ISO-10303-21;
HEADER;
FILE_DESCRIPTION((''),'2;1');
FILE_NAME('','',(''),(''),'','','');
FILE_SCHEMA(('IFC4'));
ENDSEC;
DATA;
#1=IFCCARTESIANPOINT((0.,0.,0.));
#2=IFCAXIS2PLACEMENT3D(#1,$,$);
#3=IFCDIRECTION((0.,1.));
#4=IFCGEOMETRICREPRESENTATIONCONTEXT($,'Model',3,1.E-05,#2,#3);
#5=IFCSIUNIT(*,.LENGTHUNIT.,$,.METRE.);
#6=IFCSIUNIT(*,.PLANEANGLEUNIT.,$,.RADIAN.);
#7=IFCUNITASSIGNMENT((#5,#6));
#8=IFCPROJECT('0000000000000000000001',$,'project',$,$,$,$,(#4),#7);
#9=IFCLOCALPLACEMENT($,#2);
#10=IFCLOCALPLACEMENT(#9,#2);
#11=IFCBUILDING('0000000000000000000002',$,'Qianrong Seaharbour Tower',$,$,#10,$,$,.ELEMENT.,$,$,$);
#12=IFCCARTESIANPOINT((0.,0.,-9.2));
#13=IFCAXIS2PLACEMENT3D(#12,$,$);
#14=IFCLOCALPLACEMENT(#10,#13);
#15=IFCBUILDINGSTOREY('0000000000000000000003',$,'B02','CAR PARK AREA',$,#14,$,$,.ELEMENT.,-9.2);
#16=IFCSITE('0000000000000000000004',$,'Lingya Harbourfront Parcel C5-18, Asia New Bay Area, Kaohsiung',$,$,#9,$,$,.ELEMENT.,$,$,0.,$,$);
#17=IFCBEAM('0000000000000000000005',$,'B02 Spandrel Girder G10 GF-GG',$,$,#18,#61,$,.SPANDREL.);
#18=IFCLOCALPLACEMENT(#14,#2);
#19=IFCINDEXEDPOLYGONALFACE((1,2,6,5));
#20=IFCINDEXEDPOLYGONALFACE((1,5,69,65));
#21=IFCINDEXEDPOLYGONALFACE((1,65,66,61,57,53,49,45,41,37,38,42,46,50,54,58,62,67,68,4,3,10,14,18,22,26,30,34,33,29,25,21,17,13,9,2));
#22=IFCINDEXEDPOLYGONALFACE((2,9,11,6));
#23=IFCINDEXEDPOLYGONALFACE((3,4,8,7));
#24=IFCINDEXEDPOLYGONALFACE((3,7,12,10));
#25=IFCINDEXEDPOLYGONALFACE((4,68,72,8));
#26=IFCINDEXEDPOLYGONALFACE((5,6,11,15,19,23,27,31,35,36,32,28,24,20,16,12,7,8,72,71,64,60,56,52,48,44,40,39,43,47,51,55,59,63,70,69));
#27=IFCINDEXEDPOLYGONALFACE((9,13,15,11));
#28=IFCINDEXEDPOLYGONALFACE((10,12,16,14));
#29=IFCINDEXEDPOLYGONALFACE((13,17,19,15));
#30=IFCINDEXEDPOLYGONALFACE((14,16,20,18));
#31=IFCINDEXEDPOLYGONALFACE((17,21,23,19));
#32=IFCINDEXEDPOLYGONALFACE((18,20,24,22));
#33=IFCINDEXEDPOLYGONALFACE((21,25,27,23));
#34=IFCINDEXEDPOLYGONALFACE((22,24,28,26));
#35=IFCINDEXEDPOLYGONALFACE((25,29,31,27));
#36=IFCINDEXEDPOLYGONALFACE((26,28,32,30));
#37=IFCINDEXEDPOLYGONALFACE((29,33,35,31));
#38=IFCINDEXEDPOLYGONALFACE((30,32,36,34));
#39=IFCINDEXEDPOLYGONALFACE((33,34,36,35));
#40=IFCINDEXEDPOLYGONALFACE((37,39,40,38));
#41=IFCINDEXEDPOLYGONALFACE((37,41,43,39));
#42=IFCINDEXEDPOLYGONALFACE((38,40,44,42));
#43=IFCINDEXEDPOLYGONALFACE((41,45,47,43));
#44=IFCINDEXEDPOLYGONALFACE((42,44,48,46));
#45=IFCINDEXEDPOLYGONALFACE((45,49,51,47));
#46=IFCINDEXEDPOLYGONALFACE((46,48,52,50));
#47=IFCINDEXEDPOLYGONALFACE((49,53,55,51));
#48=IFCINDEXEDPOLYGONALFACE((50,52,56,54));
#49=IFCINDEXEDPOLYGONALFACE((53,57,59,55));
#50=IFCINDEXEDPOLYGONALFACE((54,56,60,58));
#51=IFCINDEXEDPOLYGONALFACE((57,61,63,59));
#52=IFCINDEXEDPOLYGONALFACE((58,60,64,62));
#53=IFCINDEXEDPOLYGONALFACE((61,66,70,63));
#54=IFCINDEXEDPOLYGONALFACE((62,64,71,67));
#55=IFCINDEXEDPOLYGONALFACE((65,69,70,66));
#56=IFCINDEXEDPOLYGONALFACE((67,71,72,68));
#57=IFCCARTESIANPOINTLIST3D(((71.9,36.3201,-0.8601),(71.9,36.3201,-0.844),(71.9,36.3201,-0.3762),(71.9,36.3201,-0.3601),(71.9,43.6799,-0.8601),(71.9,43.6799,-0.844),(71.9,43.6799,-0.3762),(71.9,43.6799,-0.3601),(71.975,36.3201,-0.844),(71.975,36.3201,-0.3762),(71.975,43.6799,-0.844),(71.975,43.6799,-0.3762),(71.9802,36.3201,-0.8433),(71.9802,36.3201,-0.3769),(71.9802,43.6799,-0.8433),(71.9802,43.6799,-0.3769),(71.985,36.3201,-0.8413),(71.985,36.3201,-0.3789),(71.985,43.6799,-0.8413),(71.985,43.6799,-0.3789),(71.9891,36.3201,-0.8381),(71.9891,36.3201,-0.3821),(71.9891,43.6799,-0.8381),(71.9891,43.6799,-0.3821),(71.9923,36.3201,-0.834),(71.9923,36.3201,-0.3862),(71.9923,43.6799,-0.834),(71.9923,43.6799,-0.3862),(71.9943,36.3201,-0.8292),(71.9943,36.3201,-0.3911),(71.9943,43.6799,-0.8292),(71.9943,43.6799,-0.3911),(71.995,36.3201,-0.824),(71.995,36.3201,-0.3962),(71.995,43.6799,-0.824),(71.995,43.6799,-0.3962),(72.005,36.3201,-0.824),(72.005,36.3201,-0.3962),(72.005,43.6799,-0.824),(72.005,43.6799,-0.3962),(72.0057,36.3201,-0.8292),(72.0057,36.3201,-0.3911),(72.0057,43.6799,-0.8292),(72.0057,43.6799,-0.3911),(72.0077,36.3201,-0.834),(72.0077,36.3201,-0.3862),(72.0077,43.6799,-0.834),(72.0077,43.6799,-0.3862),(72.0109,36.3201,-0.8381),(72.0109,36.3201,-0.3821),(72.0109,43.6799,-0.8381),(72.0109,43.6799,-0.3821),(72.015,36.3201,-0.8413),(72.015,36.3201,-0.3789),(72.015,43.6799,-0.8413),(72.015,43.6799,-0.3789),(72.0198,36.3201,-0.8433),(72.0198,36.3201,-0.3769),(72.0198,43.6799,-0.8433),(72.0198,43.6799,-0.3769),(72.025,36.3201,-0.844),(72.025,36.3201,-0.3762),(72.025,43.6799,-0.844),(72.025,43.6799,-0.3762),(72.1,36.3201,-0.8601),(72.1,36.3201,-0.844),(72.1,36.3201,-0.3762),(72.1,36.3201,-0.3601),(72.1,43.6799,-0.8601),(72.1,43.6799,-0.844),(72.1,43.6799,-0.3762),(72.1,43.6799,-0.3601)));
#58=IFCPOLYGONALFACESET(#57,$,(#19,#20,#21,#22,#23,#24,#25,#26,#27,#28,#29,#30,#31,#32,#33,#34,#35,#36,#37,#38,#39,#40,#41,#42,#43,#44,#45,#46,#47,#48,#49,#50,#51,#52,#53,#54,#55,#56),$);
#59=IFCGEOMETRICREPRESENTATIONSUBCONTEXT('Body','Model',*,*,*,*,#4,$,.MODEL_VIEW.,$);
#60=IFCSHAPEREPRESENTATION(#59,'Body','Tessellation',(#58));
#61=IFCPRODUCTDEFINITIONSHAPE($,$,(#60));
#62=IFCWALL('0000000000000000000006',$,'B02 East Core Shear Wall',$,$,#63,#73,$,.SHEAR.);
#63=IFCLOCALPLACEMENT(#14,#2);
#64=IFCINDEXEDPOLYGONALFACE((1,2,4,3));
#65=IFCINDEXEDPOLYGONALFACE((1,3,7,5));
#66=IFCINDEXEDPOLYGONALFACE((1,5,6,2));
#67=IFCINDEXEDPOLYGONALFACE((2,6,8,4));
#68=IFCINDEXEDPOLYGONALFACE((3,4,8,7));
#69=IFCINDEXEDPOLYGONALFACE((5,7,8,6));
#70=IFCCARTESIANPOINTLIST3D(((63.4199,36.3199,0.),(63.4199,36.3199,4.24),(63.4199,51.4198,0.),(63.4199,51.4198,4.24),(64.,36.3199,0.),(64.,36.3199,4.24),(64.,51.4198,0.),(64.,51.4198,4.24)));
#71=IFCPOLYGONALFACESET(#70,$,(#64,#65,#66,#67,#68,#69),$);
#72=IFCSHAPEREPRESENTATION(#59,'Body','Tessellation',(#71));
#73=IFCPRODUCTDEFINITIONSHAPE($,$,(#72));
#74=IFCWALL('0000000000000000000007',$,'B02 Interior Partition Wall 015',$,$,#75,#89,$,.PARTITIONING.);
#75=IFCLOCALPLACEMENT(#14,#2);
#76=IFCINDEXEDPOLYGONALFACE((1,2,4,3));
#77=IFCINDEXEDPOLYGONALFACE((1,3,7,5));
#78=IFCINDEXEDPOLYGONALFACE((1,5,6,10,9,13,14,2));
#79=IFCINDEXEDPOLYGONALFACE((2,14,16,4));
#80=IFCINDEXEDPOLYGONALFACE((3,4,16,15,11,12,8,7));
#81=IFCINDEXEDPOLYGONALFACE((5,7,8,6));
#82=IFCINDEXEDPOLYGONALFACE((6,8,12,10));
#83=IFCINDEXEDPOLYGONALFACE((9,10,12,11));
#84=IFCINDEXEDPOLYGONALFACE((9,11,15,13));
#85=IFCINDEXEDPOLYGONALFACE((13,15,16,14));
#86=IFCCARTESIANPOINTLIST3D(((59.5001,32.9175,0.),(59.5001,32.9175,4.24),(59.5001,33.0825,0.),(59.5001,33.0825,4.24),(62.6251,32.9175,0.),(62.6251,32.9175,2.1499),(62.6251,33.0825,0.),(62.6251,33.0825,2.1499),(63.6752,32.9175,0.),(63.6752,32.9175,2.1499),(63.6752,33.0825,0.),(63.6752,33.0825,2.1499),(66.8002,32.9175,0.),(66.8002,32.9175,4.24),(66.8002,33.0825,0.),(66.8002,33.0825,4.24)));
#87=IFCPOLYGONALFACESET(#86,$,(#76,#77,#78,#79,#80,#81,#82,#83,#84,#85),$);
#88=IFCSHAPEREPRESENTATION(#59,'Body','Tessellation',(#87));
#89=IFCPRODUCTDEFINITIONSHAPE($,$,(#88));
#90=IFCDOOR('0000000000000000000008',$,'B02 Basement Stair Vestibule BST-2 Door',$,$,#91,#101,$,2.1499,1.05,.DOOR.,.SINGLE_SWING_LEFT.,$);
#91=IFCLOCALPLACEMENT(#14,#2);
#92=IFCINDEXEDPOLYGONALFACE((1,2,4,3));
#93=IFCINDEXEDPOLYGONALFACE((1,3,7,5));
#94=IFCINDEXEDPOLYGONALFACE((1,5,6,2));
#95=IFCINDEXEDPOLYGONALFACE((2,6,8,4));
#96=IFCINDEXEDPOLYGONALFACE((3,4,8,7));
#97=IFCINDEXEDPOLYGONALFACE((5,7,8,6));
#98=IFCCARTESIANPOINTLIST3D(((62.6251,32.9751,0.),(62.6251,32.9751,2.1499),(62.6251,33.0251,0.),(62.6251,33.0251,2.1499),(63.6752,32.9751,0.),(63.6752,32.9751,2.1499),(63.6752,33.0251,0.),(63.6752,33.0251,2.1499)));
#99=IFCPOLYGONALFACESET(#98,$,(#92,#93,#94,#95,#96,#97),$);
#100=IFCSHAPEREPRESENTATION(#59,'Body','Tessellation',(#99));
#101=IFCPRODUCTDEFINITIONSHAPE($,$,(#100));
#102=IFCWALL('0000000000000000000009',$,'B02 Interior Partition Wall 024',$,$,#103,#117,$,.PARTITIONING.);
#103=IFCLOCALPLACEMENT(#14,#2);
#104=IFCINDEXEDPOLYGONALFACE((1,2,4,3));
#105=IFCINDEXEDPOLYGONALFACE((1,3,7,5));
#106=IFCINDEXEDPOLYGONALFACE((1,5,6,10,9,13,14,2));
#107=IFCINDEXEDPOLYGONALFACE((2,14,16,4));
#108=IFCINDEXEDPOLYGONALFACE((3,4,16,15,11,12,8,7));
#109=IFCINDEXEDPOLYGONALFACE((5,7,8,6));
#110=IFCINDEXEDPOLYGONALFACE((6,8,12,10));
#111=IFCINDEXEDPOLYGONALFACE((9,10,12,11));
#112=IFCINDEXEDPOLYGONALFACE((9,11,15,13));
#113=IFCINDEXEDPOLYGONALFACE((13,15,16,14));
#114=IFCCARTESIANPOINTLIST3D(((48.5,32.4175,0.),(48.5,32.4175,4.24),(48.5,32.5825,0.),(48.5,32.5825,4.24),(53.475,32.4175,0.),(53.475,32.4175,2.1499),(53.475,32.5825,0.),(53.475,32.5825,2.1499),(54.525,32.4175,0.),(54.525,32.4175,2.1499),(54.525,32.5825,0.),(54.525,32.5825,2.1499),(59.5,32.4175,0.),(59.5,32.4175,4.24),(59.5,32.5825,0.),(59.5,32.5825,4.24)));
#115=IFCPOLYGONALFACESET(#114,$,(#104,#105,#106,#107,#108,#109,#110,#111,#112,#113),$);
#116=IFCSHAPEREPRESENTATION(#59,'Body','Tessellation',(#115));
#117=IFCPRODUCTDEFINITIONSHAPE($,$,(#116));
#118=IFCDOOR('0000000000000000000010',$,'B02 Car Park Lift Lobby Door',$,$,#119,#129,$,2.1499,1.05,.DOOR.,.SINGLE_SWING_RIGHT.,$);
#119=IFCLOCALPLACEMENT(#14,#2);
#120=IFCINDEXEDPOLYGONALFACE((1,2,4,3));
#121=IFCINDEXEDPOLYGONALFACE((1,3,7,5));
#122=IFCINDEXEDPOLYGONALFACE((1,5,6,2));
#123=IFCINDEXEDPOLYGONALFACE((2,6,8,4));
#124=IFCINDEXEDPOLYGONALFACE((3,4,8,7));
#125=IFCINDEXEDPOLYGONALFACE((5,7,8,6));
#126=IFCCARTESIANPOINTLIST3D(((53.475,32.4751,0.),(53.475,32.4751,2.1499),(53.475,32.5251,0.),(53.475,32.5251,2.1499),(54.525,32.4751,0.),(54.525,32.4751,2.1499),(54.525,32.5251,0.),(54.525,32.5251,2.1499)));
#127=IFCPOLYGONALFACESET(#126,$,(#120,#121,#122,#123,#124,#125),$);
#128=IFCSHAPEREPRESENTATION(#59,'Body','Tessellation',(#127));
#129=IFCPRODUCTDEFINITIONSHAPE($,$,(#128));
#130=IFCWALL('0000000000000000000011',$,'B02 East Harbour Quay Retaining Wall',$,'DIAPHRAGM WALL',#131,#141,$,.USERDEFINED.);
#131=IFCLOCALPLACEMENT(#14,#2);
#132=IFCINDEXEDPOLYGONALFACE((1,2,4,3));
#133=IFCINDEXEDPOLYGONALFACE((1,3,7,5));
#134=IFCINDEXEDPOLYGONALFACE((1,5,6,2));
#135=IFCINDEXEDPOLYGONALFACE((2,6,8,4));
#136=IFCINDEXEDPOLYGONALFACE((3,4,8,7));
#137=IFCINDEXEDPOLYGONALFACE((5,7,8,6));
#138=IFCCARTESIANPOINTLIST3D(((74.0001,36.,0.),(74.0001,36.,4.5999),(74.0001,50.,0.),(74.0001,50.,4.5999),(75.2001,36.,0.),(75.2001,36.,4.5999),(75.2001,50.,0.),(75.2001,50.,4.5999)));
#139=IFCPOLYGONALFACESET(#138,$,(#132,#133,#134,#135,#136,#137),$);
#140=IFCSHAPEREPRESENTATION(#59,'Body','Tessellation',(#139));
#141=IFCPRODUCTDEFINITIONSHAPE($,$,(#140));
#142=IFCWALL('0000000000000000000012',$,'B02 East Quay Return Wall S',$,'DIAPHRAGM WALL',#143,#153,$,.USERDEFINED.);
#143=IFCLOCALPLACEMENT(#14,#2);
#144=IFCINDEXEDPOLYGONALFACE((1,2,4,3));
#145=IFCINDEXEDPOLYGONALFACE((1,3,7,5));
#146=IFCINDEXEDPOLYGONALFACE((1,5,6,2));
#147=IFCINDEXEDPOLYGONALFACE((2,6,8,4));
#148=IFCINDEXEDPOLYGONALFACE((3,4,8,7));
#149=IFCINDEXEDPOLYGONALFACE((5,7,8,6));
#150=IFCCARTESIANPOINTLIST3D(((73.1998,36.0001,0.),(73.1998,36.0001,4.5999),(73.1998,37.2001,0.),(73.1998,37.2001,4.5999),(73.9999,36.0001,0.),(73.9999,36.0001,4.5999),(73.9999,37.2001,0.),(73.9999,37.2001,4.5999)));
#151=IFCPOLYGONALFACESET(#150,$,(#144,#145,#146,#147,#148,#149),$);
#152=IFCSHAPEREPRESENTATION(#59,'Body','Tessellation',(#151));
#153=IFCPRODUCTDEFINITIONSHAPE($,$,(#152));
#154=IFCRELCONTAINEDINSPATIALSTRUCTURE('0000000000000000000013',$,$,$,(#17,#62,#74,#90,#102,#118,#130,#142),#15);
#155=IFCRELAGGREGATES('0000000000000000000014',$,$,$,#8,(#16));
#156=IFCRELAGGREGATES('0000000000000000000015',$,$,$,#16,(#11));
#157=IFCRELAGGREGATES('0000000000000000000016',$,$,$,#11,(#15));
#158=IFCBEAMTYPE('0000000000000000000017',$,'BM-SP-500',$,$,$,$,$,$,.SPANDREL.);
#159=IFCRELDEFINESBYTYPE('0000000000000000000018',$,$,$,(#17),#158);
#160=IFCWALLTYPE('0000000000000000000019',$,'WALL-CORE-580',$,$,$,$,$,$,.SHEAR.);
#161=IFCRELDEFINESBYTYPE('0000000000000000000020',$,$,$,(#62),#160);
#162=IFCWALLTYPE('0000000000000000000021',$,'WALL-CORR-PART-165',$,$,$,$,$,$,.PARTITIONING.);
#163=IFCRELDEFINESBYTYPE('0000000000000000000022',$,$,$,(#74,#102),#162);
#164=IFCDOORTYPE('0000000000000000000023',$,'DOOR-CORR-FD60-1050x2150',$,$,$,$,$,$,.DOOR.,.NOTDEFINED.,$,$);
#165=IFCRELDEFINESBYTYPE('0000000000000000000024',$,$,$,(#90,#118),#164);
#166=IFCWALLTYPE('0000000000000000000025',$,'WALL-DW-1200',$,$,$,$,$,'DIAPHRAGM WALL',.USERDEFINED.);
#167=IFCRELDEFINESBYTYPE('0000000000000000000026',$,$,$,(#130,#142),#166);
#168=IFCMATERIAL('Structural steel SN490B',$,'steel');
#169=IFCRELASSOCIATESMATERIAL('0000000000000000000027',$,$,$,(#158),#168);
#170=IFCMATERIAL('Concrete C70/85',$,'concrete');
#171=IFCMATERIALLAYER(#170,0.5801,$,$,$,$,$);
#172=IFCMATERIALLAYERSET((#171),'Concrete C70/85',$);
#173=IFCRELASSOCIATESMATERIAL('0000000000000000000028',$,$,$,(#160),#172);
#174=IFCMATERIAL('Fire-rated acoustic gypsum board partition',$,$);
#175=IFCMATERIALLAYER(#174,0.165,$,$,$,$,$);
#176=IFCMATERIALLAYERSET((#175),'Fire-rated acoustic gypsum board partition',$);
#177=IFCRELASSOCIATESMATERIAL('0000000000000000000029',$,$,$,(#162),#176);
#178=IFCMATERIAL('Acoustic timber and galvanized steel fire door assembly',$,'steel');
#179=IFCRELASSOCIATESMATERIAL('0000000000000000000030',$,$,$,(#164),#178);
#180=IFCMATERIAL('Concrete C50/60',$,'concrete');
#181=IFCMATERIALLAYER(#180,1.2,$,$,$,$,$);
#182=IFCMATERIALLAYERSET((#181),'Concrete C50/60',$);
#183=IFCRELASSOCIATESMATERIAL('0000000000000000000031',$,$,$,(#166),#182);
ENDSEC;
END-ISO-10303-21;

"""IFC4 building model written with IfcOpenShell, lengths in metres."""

from ifc_helpers import new_model, si_unit, direction, frame, frame_2d, origin, origin_2d, place, context, subcontext, project, spatial, rectangle, i_section, extrude, material, layer, layer_set, material_profile, profile_set, type_object, element, fill, save


model = new_model("IFC4")

# Units and contexts
model_context = context("Model", 3, precision=1e-05, world=origin(), true_north=direction((0.0, 1.0)))
body_context = subcontext(model_context, "Body", "Model", "MODEL_VIEW")
ifc_project = project(units=[si_unit("LENGTHUNIT", "METRE"), si_unit("PLANEANGLEUNIT", "RADIAN")], contexts=[model_context])

# Site, building, storey
site_placement = place(None, origin())
site = spatial("IfcSite", under=ifc_project, at=site_placement, Name="Lingya Harbourfront Parcel C5-18, Asia New Bay Area, Kaohsiung", CompositionType="ELEMENT", RefElevation=0.0)
building_placement = place(site_placement, origin())
building = spatial("IfcBuilding", under=site, at=building_placement, Name="Qianrong Seaharbour Tower", CompositionType="ELEMENT")
storey_placement = place(building_placement, frame((0.0, 0.0, -9.2)))
storey = spatial("IfcBuildingStorey", under=building, at=storey_placement, Name="B02", Description="CAR PARK AREA", CompositionType="ELEMENT", Elevation=-9.2)

# Shared definitions
ifc_material_1 = material(Name="Structural steel SN490B", Category="steel")

# Beam
ifc_material_2 = material(Name="Concrete C50/60", Category="concrete")
ifc_material_profile_1 = material_profile(ifc_material_1, i_section(OverallWidth=0.2, OverallDepth=0.5, WebThickness=0.01, FlangeThickness=0.0161, FilletRadius=0.02, at=origin_2d()), Name="H500x200x10x16")
ifc_profile_set_1 = profile_set([ifc_material_profile_1], Name="Structural steel SN490B")
beam_type_1 = type_object("IfcBeamType", Name="BM-SP-500", PredefinedType="SPANDREL", material=ifc_profile_set_1)
for number, where, z_axis, x_axis, name in (
    (1, (72.0, 36.3201, -0.6101), (0.0, 1.0, 0.0), (-1.0, 0.0, 0.0), "B02 Spandrel Girder G10 GF-GG"),
):
    element("IfcBeam", number, at=place(storey_placement, frame(where, z_axis=z_axis, x_axis=x_axis)), inside=storey, type_object=beam_type_1, Name=name, PredefinedType="SPANDREL", context=body_context, shape_type="SweptSolid", body=[
        extrude(i_section(OverallWidth=0.2, OverallDepth=0.5, WebThickness=0.01, FlangeThickness=0.0161, FilletRadius=0.02, at=origin_2d()), origin(), (0.0, 0.0, 1.0), 7.3599),
    ])

# Wall
ifc_material_3 = material(Name="Concrete C70/85", Category="concrete")
ifc_layer_1 = layer(ifc_material_3, 0.5801)
ifc_layer_set_1 = layer_set([ifc_layer_1], Name="Concrete C70/85")
wall_type_1 = type_object("IfcWallType", Name="WALL-CORE-580", PredefinedType="SHEAR", material=ifc_layer_set_1)
wall_1_placement = place(storey_placement, frame((63.71, 36.3201, 0.0), z_axis=(0.0, 0.0, 1.0), x_axis=(0.0, 1.0, 0.0)))
element("IfcWall", 2, at=wall_1_placement, inside=storey, type_object=wall_type_1, Name="B02 East Core Shear Wall", PredefinedType="SHEAR", context=body_context, shape_type="SweptSolid", body=[
    extrude(rectangle(XDim=15.0999, YDim=0.5801, at=frame_2d((7.5498, 0.0))), origin(), (0.0, 0.0, 1.0), 4.24),
])

# Walls, openings, doors
ifc_material_4 = material(Name="Fire-rated acoustic gypsum board partition")
ifc_layer_2 = layer(ifc_material_4, 0.165)
ifc_layer_set_2 = layer_set([ifc_layer_2], Name="Fire-rated acoustic gypsum board partition")
wall_type_2 = type_object("IfcWallType", Name="WALL-CORR-PART-165", PredefinedType="PARTITIONING", material=ifc_layer_set_2)
ifc_material_5 = material(Name="Acoustic timber and galvanized steel fire door assembly", Category="steel")
door_type_1 = type_object("IfcDoorType", Name="DOOR-CORR-FD60-1050x2150", OperationType="NOTDEFINED", PredefinedType="DOOR", material=ifc_material_5)
wall_2_placement = place(storey_placement, frame((66.8, 33.0, 0.0), z_axis=(0.0, 0.0, 1.0), x_axis=(-1.0, 0.0, 0.0)))
wall_2 = element("IfcWall", 3, at=wall_2_placement, inside=storey, type_object=wall_type_2, Name="B02 Interior Partition Wall 015", PredefinedType="PARTITIONING", context=body_context, shape_type="SweptSolid", body=[
    extrude(rectangle(XDim=7.3, YDim=0.165, at=frame_2d((3.6499, 0.0))), origin(), (0.0, 0.0, 1.0), 4.24),
])
opening_1_placement = place(wall_2_placement, frame((3.125, 0.0, 0.0)))
opening_1 = element("IfcOpeningElement", 4, at=opening_1_placement, cuts=wall_2, PredefinedType="OPENING", context=body_context, shape_type="SweptSolid", body=[
    extrude(rectangle(XDim=1.05, YDim=2.1499, at=frame_2d((0.5249, 1.075))), frame((0.0, 0.0925, 0.0), z_axis=(0.0, -1.0, 0.0), x_axis=(1.0, 0.0, 0.0)), (0.0, 0.0, 1.0), 0.1851),
])
door_1_placement = place(opening_1_placement, origin())
door_1 = element("IfcDoor", 5, at=door_1_placement, inside=storey, type_object=door_type_1, Name="B02 Basement Stair Vestibule BST-2 Door", OperationType="SINGLE_SWING_LEFT", OverallHeight=2.1499, OverallWidth=1.05, PredefinedType="DOOR", context=body_context, shape_type="SweptSolid", body=[
    extrude(rectangle(XDim=1.05, YDim=2.1499, at=frame_2d((0.5249, 1.075))), frame((0.0, 0.0249, 0.0), z_axis=(0.0, -1.0, 0.0), x_axis=(1.0, 0.0, 0.0)), (0.0, 0.0, 1.0), 0.05),
])
fill(opening_1, door_1)
wall_3_placement = place(storey_placement, frame((59.5, 32.5, 0.0), z_axis=(0.0, 0.0, 1.0), x_axis=(-1.0, 0.0, 0.0)))
wall_3 = element("IfcWall", 6, at=wall_3_placement, inside=storey, type_object=wall_type_2, Name="B02 Interior Partition Wall 024", PredefinedType="PARTITIONING", context=body_context, shape_type="SweptSolid", body=[
    extrude(rectangle(XDim=11.0, YDim=0.165, at=frame_2d((5.5, 0.0))), origin(), (0.0, 0.0, 1.0), 4.24),
])
opening_2_placement = place(wall_3_placement, frame((4.9751, 0.0, 0.0)))
opening_2 = element("IfcOpeningElement", 7, at=opening_2_placement, cuts=wall_3, PredefinedType="OPENING", context=body_context, shape_type="SweptSolid", body=[
    extrude(rectangle(XDim=1.05, YDim=2.1499, at=frame_2d((0.5249, 1.075))), frame((0.0, 0.0925, 0.0), z_axis=(0.0, -1.0, 0.0), x_axis=(1.0, 0.0, 0.0)), (0.0, 0.0, 1.0), 0.1851),
])
door_2_placement = place(opening_2_placement, origin())
door_2 = element("IfcDoor", 8, at=door_2_placement, inside=storey, type_object=door_type_1, Name="B02 Car Park Lift Lobby Door", OperationType="SINGLE_SWING_RIGHT", OverallHeight=2.1499, OverallWidth=1.05, PredefinedType="DOOR", context=body_context, shape_type="SweptSolid", body=[
    extrude(rectangle(XDim=1.05, YDim=2.1499, at=frame_2d((0.5249, 1.075))), frame((0.0, 0.0249, 0.0), z_axis=(0.0, -1.0, 0.0), x_axis=(1.0, 0.0, 0.0)), (0.0, 0.0, 1.0), 0.05),
])
fill(opening_2, door_2)

# Walls
ifc_layer_3 = layer(ifc_material_2, 1.2)
ifc_layer_set_3 = layer_set([ifc_layer_3], Name="Concrete C50/60")
wall_type_3 = type_object("IfcWallType", Name="WALL-DW-1200", ElementType="DIAPHRAGM WALL", PredefinedType="USERDEFINED", material=ifc_layer_set_3)
wall_4_placement = place(storey_placement, frame((74.6001, 36.0, 0.0), z_axis=(0.0, 0.0, 1.0), x_axis=(0.0, 1.0, 0.0)))
element("IfcWall", 9, at=wall_4_placement, inside=storey, type_object=wall_type_3, Name="B02 East Harbour Quay Retaining Wall", ObjectType="DIAPHRAGM WALL", PredefinedType="USERDEFINED", context=body_context, shape_type="SweptSolid", body=[
    extrude(rectangle(XDim=14.0, YDim=1.2, at=frame_2d((7.0, 0.0))), origin(), (0.0, 0.0, 1.0), 4.5999),
])
wall_5_placement = place(storey_placement, frame((73.2, 36.6001, 0.0), z_axis=(0.0, 0.0, 1.0), x_axis=(1.0, 0.0, 0.0)))
element("IfcWall", 10, at=wall_5_placement, inside=storey, type_object=wall_type_3, Name="B02 East Quay Return Wall S", ObjectType="DIAPHRAGM WALL", PredefinedType="USERDEFINED", context=body_context, shape_type="SweptSolid", body=[
    extrude(rectangle(XDim=0.8, YDim=1.2, at=frame_2d((0.3999, 0.0))), origin(), (0.0, 0.0, 1.0), 4.5999),
])

save(model, "model.ifc")
